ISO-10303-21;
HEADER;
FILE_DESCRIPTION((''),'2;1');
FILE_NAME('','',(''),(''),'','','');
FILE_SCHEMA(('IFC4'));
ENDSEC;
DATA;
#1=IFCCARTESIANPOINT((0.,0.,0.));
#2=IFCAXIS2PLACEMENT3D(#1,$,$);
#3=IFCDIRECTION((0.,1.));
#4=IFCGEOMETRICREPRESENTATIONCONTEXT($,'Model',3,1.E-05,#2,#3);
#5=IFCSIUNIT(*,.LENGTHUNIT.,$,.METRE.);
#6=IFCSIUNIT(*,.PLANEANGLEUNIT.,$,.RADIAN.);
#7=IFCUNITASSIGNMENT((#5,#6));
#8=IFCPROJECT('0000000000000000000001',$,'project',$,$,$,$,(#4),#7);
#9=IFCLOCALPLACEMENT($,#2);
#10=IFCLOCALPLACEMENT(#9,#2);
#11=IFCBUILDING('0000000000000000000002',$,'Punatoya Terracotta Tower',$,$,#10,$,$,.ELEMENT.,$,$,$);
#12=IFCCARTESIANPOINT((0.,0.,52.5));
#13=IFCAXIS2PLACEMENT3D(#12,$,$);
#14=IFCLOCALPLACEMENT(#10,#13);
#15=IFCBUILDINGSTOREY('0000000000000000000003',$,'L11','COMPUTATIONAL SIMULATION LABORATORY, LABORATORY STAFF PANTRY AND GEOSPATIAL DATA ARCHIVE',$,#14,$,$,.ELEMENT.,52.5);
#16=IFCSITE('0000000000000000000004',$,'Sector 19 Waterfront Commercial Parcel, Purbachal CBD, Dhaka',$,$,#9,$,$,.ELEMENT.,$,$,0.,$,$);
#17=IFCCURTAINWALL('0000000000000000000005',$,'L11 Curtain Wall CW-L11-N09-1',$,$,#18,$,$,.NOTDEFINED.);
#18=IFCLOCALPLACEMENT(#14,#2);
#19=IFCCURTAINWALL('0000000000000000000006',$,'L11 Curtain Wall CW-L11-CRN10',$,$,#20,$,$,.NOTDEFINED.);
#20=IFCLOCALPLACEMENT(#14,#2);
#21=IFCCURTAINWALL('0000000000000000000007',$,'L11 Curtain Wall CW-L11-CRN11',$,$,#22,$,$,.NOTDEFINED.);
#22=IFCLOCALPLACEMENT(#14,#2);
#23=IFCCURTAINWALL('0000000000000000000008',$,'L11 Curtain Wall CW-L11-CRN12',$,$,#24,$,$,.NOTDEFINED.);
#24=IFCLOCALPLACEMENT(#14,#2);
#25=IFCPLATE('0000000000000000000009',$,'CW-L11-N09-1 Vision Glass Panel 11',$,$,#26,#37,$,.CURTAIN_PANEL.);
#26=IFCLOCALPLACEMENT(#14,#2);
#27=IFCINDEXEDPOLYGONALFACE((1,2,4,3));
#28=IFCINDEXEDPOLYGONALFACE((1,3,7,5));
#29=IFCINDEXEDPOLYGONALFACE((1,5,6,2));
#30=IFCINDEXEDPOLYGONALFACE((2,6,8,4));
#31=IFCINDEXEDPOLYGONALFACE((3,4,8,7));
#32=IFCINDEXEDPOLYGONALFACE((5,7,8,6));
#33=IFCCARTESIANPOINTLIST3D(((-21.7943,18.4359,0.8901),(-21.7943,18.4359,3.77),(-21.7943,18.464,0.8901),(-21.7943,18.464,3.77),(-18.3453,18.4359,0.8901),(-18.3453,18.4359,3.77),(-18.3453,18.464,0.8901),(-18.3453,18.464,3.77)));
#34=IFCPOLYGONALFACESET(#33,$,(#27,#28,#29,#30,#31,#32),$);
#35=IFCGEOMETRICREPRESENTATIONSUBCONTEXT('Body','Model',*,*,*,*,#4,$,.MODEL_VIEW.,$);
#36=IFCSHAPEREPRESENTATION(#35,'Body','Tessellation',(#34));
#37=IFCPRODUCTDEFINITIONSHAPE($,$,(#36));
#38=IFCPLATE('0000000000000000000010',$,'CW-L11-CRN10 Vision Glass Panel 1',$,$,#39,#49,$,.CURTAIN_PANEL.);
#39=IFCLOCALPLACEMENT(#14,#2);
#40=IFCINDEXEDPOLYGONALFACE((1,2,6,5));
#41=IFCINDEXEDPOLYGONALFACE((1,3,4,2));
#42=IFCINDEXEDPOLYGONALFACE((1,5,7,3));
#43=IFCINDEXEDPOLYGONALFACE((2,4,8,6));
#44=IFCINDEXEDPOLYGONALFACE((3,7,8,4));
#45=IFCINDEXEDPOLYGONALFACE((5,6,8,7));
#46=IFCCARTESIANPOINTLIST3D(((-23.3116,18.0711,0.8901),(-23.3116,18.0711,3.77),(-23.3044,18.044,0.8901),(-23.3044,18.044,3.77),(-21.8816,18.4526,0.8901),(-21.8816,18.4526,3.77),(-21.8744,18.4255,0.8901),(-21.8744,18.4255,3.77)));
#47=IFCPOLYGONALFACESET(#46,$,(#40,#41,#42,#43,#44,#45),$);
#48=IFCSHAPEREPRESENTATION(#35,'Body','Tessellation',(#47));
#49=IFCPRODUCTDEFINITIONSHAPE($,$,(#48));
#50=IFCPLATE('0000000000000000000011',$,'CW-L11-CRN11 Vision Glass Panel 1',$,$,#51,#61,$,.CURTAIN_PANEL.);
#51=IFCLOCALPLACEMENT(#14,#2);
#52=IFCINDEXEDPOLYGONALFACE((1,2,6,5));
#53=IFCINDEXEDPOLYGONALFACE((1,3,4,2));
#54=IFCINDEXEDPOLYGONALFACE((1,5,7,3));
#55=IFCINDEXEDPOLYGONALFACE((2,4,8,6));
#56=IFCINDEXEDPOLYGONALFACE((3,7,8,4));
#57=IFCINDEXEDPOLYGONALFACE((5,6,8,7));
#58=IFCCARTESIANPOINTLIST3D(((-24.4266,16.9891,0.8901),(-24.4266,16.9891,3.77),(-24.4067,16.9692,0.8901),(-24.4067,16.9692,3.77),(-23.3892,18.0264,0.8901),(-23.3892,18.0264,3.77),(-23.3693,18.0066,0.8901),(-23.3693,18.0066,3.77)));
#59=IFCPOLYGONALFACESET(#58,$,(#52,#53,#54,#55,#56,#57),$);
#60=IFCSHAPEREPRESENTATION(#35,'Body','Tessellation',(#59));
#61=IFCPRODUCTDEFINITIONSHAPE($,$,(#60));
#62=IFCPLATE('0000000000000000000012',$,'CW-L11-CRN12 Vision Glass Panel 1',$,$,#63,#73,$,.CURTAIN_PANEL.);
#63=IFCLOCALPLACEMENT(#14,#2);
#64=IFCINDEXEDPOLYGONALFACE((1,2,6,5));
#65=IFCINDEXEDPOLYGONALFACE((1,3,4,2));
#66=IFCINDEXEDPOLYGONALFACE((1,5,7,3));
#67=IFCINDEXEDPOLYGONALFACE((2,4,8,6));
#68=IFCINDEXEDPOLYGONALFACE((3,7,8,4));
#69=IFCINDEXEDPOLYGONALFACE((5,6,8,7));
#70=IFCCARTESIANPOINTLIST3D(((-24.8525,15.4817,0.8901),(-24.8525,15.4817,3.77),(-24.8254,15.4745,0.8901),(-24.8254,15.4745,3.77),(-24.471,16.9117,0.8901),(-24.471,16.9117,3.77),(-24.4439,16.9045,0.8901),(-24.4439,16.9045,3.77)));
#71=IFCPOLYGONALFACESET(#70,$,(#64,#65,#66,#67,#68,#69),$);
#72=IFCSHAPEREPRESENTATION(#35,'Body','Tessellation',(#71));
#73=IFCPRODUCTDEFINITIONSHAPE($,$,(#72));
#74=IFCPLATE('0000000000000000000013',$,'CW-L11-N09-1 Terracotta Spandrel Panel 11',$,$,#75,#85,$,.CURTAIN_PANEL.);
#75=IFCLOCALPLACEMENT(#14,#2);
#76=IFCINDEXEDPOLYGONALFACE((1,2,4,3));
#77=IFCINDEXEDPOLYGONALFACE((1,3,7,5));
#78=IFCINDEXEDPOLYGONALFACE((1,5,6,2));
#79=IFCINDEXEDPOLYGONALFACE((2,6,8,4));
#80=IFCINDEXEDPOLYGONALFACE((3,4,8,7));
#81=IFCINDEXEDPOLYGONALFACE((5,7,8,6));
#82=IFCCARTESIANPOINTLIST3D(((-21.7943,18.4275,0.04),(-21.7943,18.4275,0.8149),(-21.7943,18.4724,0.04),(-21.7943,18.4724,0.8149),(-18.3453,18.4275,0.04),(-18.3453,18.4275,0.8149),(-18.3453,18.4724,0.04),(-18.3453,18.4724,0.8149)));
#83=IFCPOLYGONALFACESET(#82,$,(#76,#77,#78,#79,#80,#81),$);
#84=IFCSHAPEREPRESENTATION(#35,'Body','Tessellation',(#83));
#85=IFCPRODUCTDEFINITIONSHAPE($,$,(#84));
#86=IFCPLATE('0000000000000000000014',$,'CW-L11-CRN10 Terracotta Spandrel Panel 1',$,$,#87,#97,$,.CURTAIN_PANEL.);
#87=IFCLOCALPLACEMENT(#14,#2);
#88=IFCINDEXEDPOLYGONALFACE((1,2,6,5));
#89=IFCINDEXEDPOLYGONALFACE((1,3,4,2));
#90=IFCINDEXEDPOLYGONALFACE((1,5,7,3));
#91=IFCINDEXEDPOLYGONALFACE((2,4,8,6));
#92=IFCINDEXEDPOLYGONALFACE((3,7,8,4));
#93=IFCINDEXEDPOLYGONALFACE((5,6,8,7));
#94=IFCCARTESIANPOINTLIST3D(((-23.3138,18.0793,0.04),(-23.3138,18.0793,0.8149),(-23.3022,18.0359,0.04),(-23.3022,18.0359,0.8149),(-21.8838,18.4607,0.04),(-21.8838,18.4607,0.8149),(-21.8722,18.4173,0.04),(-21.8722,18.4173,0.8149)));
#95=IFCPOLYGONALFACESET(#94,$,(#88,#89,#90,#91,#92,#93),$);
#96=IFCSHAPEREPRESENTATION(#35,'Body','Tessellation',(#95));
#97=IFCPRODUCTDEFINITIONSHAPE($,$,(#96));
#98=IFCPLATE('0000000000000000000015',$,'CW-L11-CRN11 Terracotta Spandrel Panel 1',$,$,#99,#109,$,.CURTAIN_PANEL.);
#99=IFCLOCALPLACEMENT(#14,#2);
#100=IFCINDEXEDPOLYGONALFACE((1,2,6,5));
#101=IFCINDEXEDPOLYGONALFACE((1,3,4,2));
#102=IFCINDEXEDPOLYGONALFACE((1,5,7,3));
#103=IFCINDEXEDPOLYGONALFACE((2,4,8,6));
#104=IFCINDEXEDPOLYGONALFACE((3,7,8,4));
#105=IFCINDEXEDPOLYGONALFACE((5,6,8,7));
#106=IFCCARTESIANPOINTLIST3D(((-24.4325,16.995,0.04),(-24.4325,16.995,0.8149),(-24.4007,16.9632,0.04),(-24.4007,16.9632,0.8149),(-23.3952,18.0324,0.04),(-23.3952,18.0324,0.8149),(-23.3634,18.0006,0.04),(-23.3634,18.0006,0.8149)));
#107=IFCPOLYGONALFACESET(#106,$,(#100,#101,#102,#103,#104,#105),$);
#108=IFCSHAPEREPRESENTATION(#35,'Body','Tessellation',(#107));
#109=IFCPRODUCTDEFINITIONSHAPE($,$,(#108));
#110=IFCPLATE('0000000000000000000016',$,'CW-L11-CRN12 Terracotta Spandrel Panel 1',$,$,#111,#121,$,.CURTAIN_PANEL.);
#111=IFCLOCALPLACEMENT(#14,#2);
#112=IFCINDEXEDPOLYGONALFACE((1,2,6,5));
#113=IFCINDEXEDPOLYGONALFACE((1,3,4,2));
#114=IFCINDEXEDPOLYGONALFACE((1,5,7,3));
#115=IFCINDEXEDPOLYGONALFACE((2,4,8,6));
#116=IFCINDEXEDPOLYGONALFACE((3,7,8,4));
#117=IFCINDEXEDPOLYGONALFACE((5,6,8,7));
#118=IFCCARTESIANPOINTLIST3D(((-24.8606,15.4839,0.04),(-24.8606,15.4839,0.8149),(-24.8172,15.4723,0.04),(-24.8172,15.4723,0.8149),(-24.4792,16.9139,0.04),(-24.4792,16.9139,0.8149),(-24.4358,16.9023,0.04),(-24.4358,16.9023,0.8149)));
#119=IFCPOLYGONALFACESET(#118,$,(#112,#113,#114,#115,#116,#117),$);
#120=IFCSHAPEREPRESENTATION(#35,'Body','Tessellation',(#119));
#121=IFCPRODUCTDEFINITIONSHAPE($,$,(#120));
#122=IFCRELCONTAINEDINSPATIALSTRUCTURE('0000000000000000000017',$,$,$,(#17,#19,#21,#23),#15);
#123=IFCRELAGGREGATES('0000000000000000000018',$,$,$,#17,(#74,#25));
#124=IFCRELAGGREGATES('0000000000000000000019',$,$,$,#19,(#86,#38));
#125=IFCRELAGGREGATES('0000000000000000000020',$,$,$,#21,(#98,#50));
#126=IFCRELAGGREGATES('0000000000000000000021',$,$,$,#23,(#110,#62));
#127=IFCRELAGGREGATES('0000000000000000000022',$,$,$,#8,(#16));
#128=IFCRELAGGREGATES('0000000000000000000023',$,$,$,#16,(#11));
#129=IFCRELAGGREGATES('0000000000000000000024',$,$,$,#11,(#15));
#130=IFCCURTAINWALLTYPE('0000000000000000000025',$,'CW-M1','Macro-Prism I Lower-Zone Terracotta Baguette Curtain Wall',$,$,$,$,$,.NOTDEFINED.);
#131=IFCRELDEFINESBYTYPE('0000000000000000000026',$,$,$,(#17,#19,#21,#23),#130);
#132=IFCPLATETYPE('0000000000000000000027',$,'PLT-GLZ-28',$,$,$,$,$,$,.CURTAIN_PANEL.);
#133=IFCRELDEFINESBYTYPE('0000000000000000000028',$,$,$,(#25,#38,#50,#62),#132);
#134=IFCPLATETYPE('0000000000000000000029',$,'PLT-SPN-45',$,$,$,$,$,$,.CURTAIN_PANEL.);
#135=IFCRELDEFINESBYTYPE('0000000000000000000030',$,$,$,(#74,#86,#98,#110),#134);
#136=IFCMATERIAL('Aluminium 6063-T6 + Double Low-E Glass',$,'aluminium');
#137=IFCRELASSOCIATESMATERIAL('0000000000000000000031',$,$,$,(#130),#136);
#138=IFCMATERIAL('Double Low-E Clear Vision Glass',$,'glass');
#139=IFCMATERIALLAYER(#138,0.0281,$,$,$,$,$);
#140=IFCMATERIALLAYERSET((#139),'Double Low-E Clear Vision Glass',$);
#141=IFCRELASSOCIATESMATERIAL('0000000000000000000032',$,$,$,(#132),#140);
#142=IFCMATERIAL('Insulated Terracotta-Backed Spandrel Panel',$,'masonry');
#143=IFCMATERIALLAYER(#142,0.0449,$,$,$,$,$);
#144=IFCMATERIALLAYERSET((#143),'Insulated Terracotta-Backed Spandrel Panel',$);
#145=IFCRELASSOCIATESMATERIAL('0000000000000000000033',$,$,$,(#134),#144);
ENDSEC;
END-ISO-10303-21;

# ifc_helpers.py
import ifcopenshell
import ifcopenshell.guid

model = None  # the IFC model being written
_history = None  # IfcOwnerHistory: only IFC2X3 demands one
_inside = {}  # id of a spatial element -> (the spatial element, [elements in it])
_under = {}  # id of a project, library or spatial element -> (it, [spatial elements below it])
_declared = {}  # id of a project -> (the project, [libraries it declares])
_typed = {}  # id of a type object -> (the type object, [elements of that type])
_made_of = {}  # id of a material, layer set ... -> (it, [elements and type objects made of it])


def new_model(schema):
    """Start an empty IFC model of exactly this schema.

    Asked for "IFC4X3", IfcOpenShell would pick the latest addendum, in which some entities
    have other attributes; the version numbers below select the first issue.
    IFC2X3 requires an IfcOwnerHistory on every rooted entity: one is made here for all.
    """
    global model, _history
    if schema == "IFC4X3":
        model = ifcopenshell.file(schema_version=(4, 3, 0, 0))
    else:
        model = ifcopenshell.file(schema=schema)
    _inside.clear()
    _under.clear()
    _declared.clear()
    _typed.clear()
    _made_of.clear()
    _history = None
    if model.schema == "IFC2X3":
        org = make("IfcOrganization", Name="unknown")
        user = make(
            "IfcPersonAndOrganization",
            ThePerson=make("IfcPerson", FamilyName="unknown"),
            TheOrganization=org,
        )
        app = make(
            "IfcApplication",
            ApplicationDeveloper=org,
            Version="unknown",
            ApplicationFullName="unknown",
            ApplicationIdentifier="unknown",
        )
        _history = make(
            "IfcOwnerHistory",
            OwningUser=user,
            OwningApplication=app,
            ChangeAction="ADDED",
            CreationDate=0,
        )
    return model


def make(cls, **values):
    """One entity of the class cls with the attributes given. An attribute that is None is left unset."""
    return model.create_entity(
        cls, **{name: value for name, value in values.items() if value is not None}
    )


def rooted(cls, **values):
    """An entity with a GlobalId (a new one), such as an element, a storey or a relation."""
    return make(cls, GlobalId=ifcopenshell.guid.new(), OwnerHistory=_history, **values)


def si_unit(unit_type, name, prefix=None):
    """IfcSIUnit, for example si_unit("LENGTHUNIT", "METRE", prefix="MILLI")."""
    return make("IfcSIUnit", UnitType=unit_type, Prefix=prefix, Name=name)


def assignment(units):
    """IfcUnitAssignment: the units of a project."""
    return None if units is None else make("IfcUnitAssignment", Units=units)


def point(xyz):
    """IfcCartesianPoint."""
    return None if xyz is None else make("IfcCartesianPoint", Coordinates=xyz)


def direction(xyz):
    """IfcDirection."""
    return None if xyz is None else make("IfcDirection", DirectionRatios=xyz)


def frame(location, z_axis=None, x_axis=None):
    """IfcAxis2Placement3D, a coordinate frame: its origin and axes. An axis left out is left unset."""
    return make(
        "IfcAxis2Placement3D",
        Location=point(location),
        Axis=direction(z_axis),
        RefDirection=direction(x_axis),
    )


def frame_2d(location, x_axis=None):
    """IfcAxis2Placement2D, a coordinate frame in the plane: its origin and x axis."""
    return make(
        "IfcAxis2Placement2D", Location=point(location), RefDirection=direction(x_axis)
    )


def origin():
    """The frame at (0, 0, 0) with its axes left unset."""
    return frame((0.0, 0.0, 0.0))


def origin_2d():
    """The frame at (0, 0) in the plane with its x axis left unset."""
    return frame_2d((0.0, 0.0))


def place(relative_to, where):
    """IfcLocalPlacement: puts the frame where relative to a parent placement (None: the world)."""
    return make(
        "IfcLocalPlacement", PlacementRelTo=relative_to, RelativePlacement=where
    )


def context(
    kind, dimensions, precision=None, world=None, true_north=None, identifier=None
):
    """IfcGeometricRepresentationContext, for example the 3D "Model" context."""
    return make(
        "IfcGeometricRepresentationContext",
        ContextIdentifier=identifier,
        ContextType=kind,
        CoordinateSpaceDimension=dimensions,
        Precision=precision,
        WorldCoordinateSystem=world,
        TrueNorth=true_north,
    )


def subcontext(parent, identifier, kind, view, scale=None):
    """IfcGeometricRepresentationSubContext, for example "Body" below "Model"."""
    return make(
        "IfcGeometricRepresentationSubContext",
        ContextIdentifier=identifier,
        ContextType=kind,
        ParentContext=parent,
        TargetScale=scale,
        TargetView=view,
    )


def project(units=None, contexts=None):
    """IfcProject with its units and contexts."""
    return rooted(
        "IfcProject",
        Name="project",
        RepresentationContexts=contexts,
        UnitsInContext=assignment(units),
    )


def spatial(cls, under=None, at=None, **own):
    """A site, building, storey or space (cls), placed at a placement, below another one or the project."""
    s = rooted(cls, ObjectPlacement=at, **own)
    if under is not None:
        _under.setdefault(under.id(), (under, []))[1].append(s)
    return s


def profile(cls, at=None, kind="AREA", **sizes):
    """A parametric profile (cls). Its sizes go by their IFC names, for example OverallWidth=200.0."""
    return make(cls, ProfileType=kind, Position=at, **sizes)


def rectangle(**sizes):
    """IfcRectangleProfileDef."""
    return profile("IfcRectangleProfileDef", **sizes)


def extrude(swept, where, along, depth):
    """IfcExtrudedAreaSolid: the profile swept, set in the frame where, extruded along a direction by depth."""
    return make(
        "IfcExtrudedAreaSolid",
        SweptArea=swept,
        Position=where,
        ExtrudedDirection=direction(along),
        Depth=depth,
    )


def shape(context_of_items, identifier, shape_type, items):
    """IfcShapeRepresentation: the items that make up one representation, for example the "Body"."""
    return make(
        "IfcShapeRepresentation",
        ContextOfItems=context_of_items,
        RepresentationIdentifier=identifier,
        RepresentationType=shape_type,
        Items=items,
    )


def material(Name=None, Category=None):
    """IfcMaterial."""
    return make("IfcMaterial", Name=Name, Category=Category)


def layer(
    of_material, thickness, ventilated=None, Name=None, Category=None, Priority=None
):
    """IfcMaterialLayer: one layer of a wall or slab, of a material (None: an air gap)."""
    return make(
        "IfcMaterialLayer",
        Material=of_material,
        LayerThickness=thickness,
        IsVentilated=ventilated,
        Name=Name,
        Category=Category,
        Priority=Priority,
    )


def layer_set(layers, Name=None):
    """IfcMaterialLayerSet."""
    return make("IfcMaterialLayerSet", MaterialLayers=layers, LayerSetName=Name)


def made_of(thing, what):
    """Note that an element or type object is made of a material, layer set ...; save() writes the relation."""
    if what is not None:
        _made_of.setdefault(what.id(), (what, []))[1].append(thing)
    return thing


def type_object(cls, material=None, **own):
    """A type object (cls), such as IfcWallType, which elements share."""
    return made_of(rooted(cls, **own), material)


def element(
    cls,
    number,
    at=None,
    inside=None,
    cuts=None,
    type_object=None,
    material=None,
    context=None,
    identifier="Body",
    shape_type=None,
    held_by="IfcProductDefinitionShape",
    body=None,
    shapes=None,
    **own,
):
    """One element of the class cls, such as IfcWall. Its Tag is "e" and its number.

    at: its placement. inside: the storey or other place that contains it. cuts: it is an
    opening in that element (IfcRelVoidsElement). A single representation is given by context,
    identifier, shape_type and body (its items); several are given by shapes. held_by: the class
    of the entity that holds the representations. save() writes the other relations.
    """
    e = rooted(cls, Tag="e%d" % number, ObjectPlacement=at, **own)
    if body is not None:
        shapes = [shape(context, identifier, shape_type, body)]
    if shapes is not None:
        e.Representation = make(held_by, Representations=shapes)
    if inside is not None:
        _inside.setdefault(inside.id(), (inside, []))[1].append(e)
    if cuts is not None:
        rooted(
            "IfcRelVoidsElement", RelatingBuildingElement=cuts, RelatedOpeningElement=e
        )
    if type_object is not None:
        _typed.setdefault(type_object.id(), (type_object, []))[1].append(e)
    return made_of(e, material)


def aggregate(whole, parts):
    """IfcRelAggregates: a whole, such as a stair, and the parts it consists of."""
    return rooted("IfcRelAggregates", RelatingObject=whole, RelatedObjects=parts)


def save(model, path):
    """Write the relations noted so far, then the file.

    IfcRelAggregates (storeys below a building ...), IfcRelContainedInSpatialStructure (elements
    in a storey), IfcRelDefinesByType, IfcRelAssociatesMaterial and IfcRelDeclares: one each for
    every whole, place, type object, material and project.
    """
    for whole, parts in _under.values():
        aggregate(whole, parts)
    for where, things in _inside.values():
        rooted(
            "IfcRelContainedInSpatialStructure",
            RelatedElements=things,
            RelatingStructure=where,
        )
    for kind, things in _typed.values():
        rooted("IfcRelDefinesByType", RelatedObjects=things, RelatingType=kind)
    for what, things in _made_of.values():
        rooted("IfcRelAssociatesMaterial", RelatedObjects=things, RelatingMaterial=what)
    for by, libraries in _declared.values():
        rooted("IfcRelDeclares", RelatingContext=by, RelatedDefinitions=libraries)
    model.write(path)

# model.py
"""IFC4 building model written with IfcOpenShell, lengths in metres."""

from ifc_helpers import new_model, si_unit, direction, frame, origin, origin_2d, place, context, subcontext, project, spatial, rectangle, extrude, material, layer, layer_set, type_object, element, aggregate, save


model = new_model("IFC4")

# Units and contexts
model_context = context("Model", 3, precision=1e-05, world=origin(), true_north=direction((0.0, 1.0)))
body_context = subcontext(model_context, "Body", "Model", "MODEL_VIEW")
ifc_project = project(units=[si_unit("LENGTHUNIT", "METRE"), si_unit("PLANEANGLEUNIT", "RADIAN")], contexts=[model_context])

# Site, building, storey
site_placement = place(None, origin())
site = spatial("IfcSite", under=ifc_project, at=site_placement, Name="Sector 19 Waterfront Commercial Parcel, Purbachal CBD, Dhaka", CompositionType="ELEMENT", RefElevation=0.0)
building_placement = place(site_placement, origin())
building = spatial("IfcBuilding", under=site, at=building_placement, Name="Punatoya Terracotta Tower", CompositionType="ELEMENT")
storey_placement = place(building_placement, frame((0.0, 0.0, 52.5)))
storey = spatial("IfcBuildingStorey", under=building, at=storey_placement, Name="L11", Description="COMPUTATIONAL SIMULATION LABORATORY, LABORATORY STAFF PANTRY AND GEOSPATIAL DATA ARCHIVE", CompositionType="ELEMENT", Elevation=52.5)

# Curtain wall
ifc_material_1 = material(Name="Aluminium 6063-T6 + Double Low-E Glass", Category="aluminium")
curtain_wall_type = type_object("IfcCurtainWallType", Name="CW-M1", Description="Macro-Prism I Lower-Zone Terracotta Baguette Curtain Wall", PredefinedType="NOTDEFINED", material=ifc_material_1)
curtain_wall_1_placement = place(storey_placement, origin())
curtain_wall_1 = element("IfcCurtainWall", 1, at=curtain_wall_1_placement, inside=storey, type_object=curtain_wall_type, Name="L11 Curtain Wall CW-L11-N09-1", PredefinedType="NOTDEFINED")

# Curtain walls
curtain_wall_2_placement = place(storey_placement, origin())
curtain_wall_2 = element("IfcCurtainWall", 2, at=curtain_wall_2_placement, inside=storey, type_object=curtain_wall_type, Name="L11 Curtain Wall CW-L11-CRN10", PredefinedType="NOTDEFINED")
curtain_wall_3_placement = place(storey_placement, origin())
curtain_wall_3 = element("IfcCurtainWall", 3, at=curtain_wall_3_placement, inside=storey, type_object=curtain_wall_type, Name="L11 Curtain Wall CW-L11-CRN11", PredefinedType="NOTDEFINED")
curtain_wall_4_placement = place(storey_placement, origin())
curtain_wall_4 = element("IfcCurtainWall", 4, at=curtain_wall_4_placement, inside=storey, type_object=curtain_wall_type, Name="L11 Curtain Wall CW-L11-CRN12", PredefinedType="NOTDEFINED")

# Plates
ifc_material_2 = material(Name="Double Low-E Clear Vision Glass", Category="glass")
ifc_layer_1 = layer(ifc_material_2, 0.0281)
ifc_layer_set_1 = layer_set([ifc_layer_1], Name="Double Low-E Clear Vision Glass")
plate_type_1 = type_object("IfcPlateType", Name="PLT-GLZ-28", PredefinedType="CURTAIN_PANEL", material=ifc_layer_set_1)
plate_1_placement = place(storey_placement, frame((-20.0698, 18.45, 0.8901), z_axis=(0.0, 0.0, 1.0), x_axis=(-1.0, 0.0, 0.0)))
plate_1 = element("IfcPlate", 5, at=plate_1_placement, type_object=plate_type_1, Name="CW-L11-N09-1 Vision Glass Panel 11", PredefinedType="CURTAIN_PANEL", context=body_context, shape_type="SweptSolid", body=[
    extrude(rectangle(XDim=3.449, YDim=0.0281, at=origin_2d()), origin(), (0.0, 0.0, 1.0), 2.8799),
])
plate_2_placement = place(storey_placement, frame((-22.593, 18.2483, 0.8901), z_axis=(0.0, 0.0, 1.0), x_axis=(-0.966214, -0.257742, 0.0)))
plate_2 = element("IfcPlate", 6, at=plate_2_placement, type_object=plate_type_1, Name="CW-L11-CRN10 Vision Glass Panel 1", PredefinedType="CURTAIN_PANEL", context=body_context, shape_type="SweptSolid", body=[
    extrude(rectangle(XDim=1.48, YDim=0.0281, at=origin_2d()), origin(), (0.0, 0.0, 1.0), 2.8799),
])
plate_3_placement = place(storey_placement, frame((-23.8979, 17.4978, 0.8901), z_axis=(0.0, 0.0, 1.0), x_axis=(-0.707107, -0.707107, 0.0)))
plate_3 = element("IfcPlate", 7, at=plate_3_placement, type_object=plate_type_1, Name="CW-L11-CRN11 Vision Glass Panel 1", PredefinedType="CURTAIN_PANEL", context=body_context, shape_type="SweptSolid", body=[
    extrude(rectangle(XDim=1.467, YDim=0.0281, at=origin_2d()), origin(), (0.0, 0.0, 1.0), 2.8799),
])
plate_4_placement = place(storey_placement, frame((-24.6482, 16.1931, 0.8901), z_axis=(0.0, 0.0, 1.0), x_axis=(-0.257742, -0.966214, 0.0)))
plate_4 = element("IfcPlate", 8, at=plate_4_placement, type_object=plate_type_1, Name="CW-L11-CRN12 Vision Glass Panel 1", PredefinedType="CURTAIN_PANEL", context=body_context, shape_type="SweptSolid", body=[
    extrude(rectangle(XDim=1.48, YDim=0.0281, at=origin_2d()), origin(), (0.0, 0.0, 1.0), 2.8799),
])
ifc_material_3 = material(Name="Insulated Terracotta-Backed Spandrel Panel", Category="masonry")
ifc_layer_2 = layer(ifc_material_3, 0.0449)
ifc_layer_set_2 = layer_set([ifc_layer_2], Name="Insulated Terracotta-Backed Spandrel Panel")
plate_type_2 = type_object("IfcPlateType", Name="PLT-SPN-45", PredefinedType="CURTAIN_PANEL", material=ifc_layer_set_2)
plate_5_placement = place(storey_placement, frame((-20.0698, 18.45, 0.04), z_axis=(0.0, 0.0, 1.0), x_axis=(-1.0, 0.0, 0.0)))
plate_5 = element("IfcPlate", 9, at=plate_5_placement, type_object=plate_type_2, Name="CW-L11-N09-1 Terracotta Spandrel Panel 11", PredefinedType="CURTAIN_PANEL", context=body_context, shape_type="SweptSolid", body=[
    extrude(rectangle(XDim=3.449, YDim=0.0449, at=origin_2d()), origin(), (0.0, 0.0, 1.0), 0.7749),
])
aggregate(curtain_wall_1, [plate_5, plate_1])
plate_6_placement = place(storey_placement, frame((-22.593, 18.2483, 0.04), z_axis=(0.0, 0.0, 1.0), x_axis=(-0.966214, -0.257742, 0.0)))
plate_6 = element("IfcPlate", 10, at=plate_6_placement, type_object=plate_type_2, Name="CW-L11-CRN10 Terracotta Spandrel Panel 1", PredefinedType="CURTAIN_PANEL", context=body_context, shape_type="SweptSolid", body=[
    extrude(rectangle(XDim=1.48, YDim=0.0449, at=origin_2d()), origin(), (0.0, 0.0, 1.0), 0.7749),
])
aggregate(curtain_wall_2, [plate_6, plate_2])
plate_7_placement = place(storey_placement, frame((-23.8979, 17.4978, 0.04), z_axis=(0.0, 0.0, 1.0), x_axis=(-0.707107, -0.707107, 0.0)))
plate_7 = element("IfcPlate", 11, at=plate_7_placement, type_object=plate_type_2, Name="CW-L11-CRN11 Terracotta Spandrel Panel 1", PredefinedType="CURTAIN_PANEL", context=body_context, shape_type="SweptSolid", body=[
    extrude(rectangle(XDim=1.467, YDim=0.0449, at=origin_2d()), origin(), (0.0, 0.0, 1.0), 0.7749),
])
aggregate(curtain_wall_3, [plate_7, plate_3])
plate_8_placement = place(storey_placement, frame((-24.6482, 16.1931, 0.04), z_axis=(0.0, 0.0, 1.0), x_axis=(-0.257742, -0.966214, 0.0)))
plate_8 = element("IfcPlate", 12, at=plate_8_placement, type_object=plate_type_2, Name="CW-L11-CRN12 Terracotta Spandrel Panel 1", PredefinedType="CURTAIN_PANEL", context=body_context, shape_type="SweptSolid", body=[
    extrude(rectangle(XDim=1.48, YDim=0.0449, at=origin_2d()), origin(), (0.0, 0.0, 1.0), 0.7749),
])
aggregate(curtain_wall_4, [plate_8, plate_4])

save(model, "model.ifc")
